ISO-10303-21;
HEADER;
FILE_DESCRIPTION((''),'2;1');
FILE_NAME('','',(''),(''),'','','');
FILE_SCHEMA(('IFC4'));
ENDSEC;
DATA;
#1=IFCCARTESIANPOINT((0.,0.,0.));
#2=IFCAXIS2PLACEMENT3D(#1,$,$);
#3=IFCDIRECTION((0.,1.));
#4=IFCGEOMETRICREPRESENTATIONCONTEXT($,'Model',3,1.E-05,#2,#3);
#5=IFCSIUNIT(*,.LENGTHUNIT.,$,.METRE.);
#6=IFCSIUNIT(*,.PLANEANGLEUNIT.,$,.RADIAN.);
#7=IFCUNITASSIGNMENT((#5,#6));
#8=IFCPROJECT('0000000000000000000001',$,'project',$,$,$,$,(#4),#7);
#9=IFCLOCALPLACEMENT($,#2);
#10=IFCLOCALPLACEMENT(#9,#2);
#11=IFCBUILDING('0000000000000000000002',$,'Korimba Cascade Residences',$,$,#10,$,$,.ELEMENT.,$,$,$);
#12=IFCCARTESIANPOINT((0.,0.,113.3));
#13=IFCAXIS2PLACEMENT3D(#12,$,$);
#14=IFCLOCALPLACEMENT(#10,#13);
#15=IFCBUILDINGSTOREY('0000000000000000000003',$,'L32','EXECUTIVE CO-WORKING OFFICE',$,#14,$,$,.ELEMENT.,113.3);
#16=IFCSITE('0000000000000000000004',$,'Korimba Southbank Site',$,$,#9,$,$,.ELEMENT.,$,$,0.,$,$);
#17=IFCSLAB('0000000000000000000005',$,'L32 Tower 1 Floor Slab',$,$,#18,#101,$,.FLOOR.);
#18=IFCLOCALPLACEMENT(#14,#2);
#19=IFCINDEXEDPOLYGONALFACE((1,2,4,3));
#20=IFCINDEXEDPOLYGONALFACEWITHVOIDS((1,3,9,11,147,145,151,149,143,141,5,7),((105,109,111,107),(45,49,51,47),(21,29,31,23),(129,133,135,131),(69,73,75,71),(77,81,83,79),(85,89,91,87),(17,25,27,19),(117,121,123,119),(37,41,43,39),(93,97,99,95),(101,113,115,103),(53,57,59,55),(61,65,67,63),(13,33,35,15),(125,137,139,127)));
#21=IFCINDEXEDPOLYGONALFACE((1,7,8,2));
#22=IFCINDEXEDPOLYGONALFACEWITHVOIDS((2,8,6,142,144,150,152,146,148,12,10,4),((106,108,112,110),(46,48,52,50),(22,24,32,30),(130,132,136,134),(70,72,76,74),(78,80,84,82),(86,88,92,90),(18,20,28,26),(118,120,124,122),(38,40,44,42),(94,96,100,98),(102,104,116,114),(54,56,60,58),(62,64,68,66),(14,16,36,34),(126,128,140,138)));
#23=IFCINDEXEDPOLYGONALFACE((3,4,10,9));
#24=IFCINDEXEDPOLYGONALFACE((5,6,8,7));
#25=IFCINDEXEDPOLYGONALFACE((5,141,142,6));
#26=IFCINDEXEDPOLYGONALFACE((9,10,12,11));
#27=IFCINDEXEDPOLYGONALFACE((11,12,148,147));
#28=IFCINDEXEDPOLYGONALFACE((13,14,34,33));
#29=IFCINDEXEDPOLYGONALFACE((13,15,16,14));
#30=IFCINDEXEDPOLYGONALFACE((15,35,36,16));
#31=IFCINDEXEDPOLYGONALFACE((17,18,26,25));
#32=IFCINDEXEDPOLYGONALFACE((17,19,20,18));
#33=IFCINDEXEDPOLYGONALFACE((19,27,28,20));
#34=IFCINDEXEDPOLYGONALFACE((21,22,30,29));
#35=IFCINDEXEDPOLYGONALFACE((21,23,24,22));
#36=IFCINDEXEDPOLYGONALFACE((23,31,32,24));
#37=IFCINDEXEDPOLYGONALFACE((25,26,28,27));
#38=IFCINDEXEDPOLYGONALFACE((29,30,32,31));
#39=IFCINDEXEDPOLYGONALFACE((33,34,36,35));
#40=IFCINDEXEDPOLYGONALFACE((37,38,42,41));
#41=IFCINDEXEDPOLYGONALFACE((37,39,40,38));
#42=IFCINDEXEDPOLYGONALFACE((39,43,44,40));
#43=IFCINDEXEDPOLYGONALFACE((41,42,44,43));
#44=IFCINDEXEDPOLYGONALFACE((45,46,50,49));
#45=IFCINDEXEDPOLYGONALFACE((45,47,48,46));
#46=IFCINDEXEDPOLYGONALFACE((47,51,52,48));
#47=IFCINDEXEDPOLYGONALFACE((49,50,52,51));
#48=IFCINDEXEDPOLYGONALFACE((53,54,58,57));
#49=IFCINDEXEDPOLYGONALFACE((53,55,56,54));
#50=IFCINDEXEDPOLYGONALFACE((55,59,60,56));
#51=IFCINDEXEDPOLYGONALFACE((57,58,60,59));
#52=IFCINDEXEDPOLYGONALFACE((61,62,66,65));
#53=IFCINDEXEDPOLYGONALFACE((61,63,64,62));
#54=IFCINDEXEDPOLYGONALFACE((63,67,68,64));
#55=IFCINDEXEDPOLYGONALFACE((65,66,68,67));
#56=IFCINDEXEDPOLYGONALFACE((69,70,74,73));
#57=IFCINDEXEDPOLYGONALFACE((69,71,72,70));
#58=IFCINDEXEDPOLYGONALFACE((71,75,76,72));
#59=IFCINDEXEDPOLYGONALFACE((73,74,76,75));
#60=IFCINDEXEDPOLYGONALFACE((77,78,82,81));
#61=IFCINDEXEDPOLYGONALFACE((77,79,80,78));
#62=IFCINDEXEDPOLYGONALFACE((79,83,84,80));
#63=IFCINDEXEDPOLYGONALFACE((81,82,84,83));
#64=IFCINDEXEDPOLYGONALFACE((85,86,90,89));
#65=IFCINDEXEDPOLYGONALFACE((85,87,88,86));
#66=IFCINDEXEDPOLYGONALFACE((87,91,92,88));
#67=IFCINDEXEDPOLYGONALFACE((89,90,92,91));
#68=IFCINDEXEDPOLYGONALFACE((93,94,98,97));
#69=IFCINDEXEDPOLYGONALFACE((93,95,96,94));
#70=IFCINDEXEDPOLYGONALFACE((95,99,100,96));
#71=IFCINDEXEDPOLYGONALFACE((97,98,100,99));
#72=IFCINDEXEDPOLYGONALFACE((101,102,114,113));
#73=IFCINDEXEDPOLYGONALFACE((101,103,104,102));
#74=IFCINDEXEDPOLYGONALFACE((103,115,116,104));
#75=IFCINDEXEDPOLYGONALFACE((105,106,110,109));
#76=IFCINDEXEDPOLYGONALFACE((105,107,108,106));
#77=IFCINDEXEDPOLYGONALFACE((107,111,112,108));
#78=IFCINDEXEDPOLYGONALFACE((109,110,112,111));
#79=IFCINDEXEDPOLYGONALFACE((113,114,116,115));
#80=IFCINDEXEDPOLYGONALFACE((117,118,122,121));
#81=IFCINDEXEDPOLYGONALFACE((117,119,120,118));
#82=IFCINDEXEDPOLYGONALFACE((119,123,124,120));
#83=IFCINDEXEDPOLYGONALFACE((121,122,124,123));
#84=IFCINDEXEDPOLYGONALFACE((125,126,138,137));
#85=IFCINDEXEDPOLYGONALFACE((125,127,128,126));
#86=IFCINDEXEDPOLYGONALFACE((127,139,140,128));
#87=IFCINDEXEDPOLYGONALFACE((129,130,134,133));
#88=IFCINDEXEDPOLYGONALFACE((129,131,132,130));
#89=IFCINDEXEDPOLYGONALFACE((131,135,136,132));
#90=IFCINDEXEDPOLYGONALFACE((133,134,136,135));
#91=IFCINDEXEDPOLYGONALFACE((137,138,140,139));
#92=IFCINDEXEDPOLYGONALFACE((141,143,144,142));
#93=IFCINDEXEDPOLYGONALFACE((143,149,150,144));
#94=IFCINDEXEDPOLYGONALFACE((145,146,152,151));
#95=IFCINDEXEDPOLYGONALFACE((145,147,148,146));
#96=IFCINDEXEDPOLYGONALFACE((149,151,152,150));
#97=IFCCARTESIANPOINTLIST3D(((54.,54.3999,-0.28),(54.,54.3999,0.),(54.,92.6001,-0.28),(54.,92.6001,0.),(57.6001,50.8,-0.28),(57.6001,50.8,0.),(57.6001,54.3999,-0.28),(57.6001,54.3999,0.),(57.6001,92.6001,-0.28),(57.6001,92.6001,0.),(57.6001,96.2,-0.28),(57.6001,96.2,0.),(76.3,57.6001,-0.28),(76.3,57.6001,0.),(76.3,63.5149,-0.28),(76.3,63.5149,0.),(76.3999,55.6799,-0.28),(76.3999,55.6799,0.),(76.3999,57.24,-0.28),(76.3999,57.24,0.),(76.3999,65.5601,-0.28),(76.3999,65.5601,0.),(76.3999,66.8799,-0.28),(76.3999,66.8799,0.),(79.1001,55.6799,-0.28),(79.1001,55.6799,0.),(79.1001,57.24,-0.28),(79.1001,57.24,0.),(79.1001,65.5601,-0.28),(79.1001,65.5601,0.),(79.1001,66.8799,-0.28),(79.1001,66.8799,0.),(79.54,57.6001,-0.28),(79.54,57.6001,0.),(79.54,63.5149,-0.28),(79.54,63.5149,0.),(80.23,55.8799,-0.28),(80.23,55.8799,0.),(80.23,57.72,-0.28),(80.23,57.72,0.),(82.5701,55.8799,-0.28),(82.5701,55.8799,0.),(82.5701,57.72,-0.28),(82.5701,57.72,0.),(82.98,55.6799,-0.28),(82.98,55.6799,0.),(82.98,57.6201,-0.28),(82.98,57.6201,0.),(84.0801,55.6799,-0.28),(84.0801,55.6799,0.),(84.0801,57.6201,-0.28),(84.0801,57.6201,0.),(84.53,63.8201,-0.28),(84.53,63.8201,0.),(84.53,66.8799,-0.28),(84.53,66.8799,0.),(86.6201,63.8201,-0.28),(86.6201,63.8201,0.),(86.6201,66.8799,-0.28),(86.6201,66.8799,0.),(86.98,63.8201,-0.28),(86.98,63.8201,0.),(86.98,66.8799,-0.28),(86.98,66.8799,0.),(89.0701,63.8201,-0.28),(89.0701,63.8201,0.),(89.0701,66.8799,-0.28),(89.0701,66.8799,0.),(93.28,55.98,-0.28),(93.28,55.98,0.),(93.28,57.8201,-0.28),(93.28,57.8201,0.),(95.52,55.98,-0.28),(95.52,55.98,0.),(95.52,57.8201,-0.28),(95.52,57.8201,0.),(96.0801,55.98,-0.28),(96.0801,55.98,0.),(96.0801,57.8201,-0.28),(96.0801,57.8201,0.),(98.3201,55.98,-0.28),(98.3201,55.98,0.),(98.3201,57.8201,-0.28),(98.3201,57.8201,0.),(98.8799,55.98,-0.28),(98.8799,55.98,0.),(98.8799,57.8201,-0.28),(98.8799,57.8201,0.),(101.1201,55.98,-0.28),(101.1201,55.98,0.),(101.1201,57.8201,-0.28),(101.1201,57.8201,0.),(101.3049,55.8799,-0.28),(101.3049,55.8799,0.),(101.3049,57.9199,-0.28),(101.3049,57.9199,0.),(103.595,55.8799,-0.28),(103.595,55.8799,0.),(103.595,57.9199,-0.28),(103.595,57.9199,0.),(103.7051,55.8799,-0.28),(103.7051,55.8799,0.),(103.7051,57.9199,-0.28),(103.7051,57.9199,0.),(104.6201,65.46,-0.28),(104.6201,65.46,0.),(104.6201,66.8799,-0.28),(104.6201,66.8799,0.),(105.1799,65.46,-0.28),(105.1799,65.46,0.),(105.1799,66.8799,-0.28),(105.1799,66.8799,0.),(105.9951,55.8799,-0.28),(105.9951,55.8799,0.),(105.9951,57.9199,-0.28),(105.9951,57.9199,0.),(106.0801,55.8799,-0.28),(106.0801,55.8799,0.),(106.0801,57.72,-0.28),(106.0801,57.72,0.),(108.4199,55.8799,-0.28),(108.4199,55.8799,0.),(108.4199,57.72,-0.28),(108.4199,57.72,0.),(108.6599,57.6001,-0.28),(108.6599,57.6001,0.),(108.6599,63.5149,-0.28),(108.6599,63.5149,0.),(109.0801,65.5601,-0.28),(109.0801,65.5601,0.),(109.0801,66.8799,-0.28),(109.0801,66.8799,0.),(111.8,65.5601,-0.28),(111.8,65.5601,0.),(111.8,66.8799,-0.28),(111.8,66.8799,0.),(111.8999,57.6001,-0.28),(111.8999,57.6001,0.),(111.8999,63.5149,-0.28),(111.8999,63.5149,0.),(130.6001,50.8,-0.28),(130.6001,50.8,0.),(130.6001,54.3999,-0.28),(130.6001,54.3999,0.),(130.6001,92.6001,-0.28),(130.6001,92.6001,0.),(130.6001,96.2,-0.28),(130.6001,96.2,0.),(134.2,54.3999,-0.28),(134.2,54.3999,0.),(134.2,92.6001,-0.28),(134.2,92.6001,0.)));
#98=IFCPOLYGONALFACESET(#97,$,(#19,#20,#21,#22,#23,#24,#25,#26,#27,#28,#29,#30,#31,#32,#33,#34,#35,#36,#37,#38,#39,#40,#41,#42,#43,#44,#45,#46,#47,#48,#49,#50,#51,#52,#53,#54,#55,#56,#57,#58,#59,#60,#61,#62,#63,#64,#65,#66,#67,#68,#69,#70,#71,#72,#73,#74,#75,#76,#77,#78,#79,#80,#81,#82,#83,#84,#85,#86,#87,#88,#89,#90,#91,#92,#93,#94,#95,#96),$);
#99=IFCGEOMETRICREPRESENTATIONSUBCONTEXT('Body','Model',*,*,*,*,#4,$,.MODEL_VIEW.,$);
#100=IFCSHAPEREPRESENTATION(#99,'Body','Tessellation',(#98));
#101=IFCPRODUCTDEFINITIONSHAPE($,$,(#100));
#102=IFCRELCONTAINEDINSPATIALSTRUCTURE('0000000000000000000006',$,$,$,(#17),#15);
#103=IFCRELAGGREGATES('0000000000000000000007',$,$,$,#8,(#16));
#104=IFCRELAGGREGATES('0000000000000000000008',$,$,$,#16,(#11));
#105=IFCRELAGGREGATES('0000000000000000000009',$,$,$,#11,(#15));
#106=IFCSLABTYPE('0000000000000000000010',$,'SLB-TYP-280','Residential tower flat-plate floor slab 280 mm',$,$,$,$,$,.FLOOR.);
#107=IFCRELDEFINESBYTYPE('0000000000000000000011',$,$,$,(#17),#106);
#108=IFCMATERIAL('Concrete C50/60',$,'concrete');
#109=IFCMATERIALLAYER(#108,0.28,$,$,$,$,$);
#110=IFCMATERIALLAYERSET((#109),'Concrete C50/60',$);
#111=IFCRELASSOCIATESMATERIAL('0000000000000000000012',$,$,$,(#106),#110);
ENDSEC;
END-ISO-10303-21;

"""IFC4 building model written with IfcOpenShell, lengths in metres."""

from ifc_helpers import new_model, si_unit, direction, frame, origin, place, context, subcontext, project, spatial, polyline, outline, extrude, material, layer, layer_set, type_object, element, save


model = new_model("IFC4")

# Units and contexts
model_context = context("Model", 3, precision=1e-05, world=origin(), true_north=direction((0.0, 1.0)))
body_context = subcontext(model_context, "Body", "Model", "MODEL_VIEW")
ifc_project = project(units=[si_unit("LENGTHUNIT", "METRE"), si_unit("PLANEANGLEUNIT", "RADIAN")], contexts=[model_context])

# Site, building, storey
site_placement = place(None, origin())
site = spatial("IfcSite", under=ifc_project, at=site_placement, Name="Korimba Southbank Site", CompositionType="ELEMENT", RefElevation=0.0)
building_placement = place(site_placement, origin())
building = spatial("IfcBuilding", under=site, at=building_placement, Name="Korimba Cascade Residences", CompositionType="ELEMENT")
storey_placement = place(building_placement, frame((0.0, 0.0, 113.3)))
storey = spatial("IfcBuildingStorey", under=building, at=storey_placement, Name="L32", Description="EXECUTIVE CO-WORKING OFFICE", CompositionType="ELEMENT", Elevation=113.3)

# Shared definitions
ifc_material_1 = material(Name="Concrete C50/60", Category="concrete")

# Slab
ifc_layer_1 = layer(ifc_material_1, 0.28)
ifc_layer_set_1 = layer_set([ifc_layer_1], Name="Concrete C50/60")
slab_type_1 = type_object("IfcSlabType", Name="SLB-TYP-280", Description="Residential tower flat-plate floor slab 280 mm", PredefinedType="FLOOR", material=ifc_layer_set_1)
slab_1_placement = place(storey_placement, frame((0.0, 0.0, -0.28)))
element("IfcSlab", 1, at=slab_1_placement, inside=storey, type_object=slab_type_1, Name="L32 Tower 1 Floor Slab", PredefinedType="FLOOR", context=body_context, shape_type="SweptSolid", body=[
    extrude(outline(polyline([(57.6001, 50.8), (130.6001, 50.8), (130.6001, 54.3999), (134.2, 54.3999), (134.2, 92.6001), (130.6001, 92.6001), (130.6001, 96.2), (57.6001, 96.2), (57.6001, 92.6001), (54.0, 92.6001), (54.0, 54.3999), (57.6001, 54.3999), (57.6001, 50.8)]), holes=[polyline([(76.3, 63.5149), (76.3, 57.6001), (79.54, 57.6001), (79.54, 63.5149), (76.3, 63.5149)]), polyline([(108.6599, 63.5149), (108.6599, 57.6001), (111.8999, 57.6001), (111.8999, 63.5149), (108.6599, 63.5149)]), polyline([(80.23, 55.8799), (82.5701, 55.8799), (82.5701, 57.72), (80.23, 57.72), (80.23, 55.8799)]), polyline([(106.0801, 55.8799), (108.4199, 55.8799), (108.4199, 57.72), (106.0801, 57.72), (106.0801, 55.8799)]), polyline([(93.28, 55.98), (95.52, 55.98), (95.52, 57.8201), (93.28, 57.8201), (93.28, 55.98)]), polyline([(96.0801, 55.98), (98.3201, 55.98), (98.3201, 57.8201), (96.0801, 57.8201), (96.0801, 55.98)]), polyline([(98.8799, 55.98), (101.1201, 55.98), (101.1201, 57.8201), (98.8799, 57.8201), (98.8799, 55.98)]), polyline([(101.3049, 55.8799), (103.595, 55.8799), (103.595, 57.9199), (101.3049, 57.9199), (101.3049, 55.8799)]), polyline([(103.7051, 55.8799), (105.9951, 55.8799), (105.9951, 57.9199), (103.7051, 57.9199), (103.7051, 55.8799)]), polyline([(82.98, 55.6799), (84.0801, 55.6799), (84.0801, 57.6201), (82.98, 57.6201), (82.98, 55.6799)]), polyline([(76.3999, 65.5601), (79.1001, 65.5601), (79.1001, 66.8799), (76.3999, 66.8799), (76.3999, 65.5601)]), polyline([(76.3999, 55.6799), (79.1001, 55.6799), (79.1001, 57.24), (76.3999, 57.24), (76.3999, 55.6799)]), polyline([(84.53, 63.8201), (86.6201, 63.8201), (86.6201, 66.8799), (84.53, 66.8799), (84.53, 63.8201)]), polyline([(86.98, 63.8201), (89.0701, 63.8201), (89.0701, 66.8799), (86.98, 66.8799), (86.98, 63.8201)]), polyline([(104.6201, 65.46), (105.1799, 65.46), (105.1799, 66.8799), (104.6201, 66.8799), (104.6201, 65.46)]), polyline([(109.0801, 65.5601), (111.8, 65.5601), (111.8, 66.8799), (109.0801, 66.8799), (109.0801, 65.5601)])]), origin(), (0.0, 0.0, 1.0), 0.28),
])

save(model, "model.ifc")
